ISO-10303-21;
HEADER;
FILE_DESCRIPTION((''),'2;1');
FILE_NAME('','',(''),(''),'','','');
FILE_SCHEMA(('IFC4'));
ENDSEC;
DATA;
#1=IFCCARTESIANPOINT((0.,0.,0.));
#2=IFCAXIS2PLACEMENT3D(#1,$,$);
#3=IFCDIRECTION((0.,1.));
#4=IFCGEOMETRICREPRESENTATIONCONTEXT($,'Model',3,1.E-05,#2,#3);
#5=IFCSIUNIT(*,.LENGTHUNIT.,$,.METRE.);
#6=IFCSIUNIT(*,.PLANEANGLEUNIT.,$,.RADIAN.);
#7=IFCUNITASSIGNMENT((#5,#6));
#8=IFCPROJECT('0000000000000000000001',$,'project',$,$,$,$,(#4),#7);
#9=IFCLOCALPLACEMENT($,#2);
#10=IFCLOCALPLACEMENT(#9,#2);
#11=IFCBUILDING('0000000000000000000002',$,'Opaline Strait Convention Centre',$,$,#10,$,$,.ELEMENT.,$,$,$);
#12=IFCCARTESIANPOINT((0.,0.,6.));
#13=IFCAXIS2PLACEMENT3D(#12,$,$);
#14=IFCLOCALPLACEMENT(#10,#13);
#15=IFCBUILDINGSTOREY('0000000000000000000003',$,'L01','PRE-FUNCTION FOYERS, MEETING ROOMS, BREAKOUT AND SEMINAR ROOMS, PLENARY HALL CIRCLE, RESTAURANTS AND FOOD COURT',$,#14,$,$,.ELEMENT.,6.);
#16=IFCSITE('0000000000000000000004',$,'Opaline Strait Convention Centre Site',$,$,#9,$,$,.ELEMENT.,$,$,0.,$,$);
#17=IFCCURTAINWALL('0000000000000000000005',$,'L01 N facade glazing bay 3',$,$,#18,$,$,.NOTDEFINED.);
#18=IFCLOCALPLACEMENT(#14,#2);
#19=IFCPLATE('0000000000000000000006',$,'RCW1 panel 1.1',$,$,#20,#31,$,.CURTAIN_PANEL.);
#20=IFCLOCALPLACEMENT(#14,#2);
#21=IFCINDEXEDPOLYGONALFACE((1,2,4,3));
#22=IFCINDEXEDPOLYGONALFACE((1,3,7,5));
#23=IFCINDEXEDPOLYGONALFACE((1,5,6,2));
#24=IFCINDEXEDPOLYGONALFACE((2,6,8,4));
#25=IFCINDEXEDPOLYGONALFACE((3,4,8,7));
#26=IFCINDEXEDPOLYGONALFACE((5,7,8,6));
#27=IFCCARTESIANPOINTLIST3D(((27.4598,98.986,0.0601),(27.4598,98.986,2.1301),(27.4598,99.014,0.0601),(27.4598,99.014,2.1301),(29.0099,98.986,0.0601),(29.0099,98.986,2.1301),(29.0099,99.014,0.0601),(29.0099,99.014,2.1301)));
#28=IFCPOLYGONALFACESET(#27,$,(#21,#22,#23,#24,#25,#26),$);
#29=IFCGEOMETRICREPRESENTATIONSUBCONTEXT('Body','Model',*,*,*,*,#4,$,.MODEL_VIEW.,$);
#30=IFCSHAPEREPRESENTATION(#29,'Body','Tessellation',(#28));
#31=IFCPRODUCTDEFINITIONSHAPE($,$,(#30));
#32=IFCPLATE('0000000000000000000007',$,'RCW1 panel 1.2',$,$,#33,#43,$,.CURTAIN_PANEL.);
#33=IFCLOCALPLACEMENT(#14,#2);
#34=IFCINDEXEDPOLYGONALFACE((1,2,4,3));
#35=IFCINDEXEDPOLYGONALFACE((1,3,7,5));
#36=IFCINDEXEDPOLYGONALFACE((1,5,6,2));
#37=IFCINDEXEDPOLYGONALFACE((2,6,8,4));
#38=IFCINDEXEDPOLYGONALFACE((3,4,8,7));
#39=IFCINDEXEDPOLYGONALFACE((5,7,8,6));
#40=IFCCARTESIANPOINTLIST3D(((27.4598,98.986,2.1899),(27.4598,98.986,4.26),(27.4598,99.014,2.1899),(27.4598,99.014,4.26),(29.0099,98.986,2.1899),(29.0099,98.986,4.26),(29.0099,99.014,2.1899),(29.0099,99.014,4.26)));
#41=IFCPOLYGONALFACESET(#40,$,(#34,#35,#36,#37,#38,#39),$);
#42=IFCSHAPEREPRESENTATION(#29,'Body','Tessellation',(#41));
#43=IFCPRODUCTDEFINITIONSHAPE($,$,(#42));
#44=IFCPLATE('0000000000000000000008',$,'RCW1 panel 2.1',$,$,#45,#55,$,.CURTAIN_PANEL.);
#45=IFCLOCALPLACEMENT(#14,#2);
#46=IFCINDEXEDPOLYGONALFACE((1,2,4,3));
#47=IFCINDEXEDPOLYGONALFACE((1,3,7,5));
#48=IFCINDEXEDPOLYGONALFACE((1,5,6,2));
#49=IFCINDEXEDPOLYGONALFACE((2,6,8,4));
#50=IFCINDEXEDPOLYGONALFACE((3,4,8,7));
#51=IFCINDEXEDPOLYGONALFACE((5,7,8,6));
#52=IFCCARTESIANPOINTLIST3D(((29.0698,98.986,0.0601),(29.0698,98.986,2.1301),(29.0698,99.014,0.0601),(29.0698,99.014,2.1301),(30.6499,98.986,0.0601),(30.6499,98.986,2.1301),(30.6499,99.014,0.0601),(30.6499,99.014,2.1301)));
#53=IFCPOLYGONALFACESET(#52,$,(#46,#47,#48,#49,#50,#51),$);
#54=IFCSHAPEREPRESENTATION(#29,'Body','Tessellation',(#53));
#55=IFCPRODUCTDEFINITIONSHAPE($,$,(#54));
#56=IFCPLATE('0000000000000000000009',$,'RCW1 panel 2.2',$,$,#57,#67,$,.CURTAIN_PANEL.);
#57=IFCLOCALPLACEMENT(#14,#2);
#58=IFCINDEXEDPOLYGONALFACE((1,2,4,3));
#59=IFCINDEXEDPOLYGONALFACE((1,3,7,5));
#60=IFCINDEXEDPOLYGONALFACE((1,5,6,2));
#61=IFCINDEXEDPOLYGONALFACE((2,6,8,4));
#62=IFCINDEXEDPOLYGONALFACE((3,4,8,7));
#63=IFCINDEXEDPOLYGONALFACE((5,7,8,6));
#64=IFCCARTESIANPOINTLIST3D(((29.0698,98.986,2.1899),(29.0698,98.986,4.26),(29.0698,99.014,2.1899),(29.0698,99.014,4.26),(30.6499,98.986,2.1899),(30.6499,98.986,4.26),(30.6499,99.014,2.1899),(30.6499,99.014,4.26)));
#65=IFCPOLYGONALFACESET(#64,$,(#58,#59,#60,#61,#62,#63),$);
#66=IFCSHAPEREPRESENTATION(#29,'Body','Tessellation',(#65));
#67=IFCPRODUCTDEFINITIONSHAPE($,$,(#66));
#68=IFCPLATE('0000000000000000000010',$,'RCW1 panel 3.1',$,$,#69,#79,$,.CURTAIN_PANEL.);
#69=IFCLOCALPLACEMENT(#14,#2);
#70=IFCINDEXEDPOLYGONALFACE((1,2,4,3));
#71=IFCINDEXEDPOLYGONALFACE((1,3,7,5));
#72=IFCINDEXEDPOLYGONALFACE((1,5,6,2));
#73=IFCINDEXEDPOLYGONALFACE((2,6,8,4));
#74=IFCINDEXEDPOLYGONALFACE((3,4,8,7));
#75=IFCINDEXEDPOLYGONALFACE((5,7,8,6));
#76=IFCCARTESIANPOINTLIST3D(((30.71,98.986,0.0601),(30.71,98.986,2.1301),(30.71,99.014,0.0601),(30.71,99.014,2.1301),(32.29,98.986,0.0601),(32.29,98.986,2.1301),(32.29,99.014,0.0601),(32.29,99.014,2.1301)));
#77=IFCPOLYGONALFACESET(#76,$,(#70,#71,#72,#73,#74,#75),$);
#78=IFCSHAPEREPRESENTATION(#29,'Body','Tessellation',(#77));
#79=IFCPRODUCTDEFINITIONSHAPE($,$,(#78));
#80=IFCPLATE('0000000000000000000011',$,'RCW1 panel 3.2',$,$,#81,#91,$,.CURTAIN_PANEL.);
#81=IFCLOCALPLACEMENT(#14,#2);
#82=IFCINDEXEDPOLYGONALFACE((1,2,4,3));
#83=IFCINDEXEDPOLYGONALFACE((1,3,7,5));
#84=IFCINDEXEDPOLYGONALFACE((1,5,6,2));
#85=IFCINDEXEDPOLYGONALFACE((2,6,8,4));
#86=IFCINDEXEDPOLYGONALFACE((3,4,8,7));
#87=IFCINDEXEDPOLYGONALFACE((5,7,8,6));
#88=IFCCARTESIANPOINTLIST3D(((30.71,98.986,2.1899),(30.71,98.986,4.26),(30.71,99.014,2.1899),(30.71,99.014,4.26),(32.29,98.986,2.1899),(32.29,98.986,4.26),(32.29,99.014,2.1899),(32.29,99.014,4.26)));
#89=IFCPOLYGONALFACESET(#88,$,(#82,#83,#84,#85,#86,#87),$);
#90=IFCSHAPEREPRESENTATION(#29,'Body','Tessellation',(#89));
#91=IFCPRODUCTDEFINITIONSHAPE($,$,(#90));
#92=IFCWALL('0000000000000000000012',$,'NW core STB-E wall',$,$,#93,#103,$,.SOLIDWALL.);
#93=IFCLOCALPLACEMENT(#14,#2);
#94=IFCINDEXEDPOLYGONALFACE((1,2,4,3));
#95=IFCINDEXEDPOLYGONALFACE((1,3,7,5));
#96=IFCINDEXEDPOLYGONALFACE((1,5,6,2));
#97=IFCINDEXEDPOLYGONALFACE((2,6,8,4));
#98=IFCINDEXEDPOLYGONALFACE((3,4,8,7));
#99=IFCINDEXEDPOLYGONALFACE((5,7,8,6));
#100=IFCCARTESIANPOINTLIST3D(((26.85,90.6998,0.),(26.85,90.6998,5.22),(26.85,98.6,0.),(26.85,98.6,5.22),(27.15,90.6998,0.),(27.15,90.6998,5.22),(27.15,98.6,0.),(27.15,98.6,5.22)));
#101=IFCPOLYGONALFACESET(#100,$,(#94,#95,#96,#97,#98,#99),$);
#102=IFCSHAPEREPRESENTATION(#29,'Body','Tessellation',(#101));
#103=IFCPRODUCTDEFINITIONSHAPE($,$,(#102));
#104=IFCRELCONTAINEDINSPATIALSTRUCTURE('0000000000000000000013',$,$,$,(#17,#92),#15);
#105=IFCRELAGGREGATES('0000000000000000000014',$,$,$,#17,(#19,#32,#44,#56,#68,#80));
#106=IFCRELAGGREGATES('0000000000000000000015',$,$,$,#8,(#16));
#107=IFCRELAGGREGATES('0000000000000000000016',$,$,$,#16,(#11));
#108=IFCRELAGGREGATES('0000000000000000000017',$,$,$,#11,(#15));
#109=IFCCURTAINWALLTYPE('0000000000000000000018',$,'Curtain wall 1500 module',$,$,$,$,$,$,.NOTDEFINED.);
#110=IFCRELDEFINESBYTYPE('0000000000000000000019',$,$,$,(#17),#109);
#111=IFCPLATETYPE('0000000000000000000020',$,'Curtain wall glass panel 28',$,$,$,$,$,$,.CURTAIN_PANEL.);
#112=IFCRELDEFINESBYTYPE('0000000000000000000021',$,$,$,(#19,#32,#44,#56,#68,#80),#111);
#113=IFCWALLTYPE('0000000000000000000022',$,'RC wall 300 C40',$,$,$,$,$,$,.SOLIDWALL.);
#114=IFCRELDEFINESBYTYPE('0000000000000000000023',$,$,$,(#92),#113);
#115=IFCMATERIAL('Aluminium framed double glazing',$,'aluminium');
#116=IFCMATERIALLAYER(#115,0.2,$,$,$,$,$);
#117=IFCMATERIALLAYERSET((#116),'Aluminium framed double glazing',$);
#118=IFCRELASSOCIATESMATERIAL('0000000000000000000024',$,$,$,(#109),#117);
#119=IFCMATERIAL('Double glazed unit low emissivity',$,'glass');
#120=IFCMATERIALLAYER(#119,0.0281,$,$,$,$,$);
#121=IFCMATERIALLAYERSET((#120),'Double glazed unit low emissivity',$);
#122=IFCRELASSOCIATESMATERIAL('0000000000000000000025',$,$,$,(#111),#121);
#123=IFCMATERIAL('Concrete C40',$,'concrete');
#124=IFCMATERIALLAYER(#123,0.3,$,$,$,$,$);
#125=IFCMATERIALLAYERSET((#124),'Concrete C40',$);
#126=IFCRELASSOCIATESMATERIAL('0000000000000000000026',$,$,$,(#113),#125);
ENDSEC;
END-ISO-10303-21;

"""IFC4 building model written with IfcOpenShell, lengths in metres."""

from ifc_helpers import new_model, si_unit, direction, frame, frame_2d, origin, origin_2d, place, context, subcontext, project, spatial, rectangle, extrude, material, layer, layer_set, type_object, element, aggregate, save


model = new_model("IFC4")

# Units and contexts
model_context = context("Model", 3, precision=1e-05, world=origin(), true_north=direction((0.0, 1.0)))
body_context = subcontext(model_context, "Body", "Model", "MODEL_VIEW")
ifc_project = project(units=[si_unit("LENGTHUNIT", "METRE"), si_unit("PLANEANGLEUNIT", "RADIAN")], contexts=[model_context])

# Site, building, storey
site_placement = place(None, origin())
site = spatial("IfcSite", under=ifc_project, at=site_placement, Name="Opaline Strait Convention Centre Site", CompositionType="ELEMENT", RefElevation=0.0)
building_placement = place(site_placement, origin())
building = spatial("IfcBuilding", under=site, at=building_placement, Name="Opaline Strait Convention Centre", CompositionType="ELEMENT")
storey_placement = place(building_placement, frame((0.0, 0.0, 6.0)))
storey = spatial("IfcBuildingStorey", under=building, at=storey_placement, Name="L01", Description="PRE-FUNCTION FOYERS, MEETING ROOMS, BREAKOUT AND SEMINAR ROOMS, PLENARY HALL CIRCLE, RESTAURANTS AND FOOD COURT", CompositionType="ELEMENT", Elevation=6.0)

# Shared definitions
ifc_material_1 = material(Name="Concrete C40", Category="concrete")

# Curtain wall
ifc_material_2 = material(Name="Aluminium framed double glazing", Category="aluminium")
ifc_layer_1 = layer(ifc_material_2, 0.2)
ifc_layer_set_1 = layer_set([ifc_layer_1], Name="Aluminium framed double glazing")
curtain_wall_type = type_object("IfcCurtainWallType", Name="Curtain wall 1500 module", PredefinedType="NOTDEFINED", material=ifc_layer_set_1)
curtain_wall_placement = place(storey_placement, origin())
curtain_wall = element("IfcCurtainWall", 1, at=curtain_wall_placement, inside=storey, type_object=curtain_wall_type, Name="L01 N facade glazing bay 3", PredefinedType="NOTDEFINED")

# Plates
ifc_material_3 = material(Name="Double glazed unit low emissivity", Category="glass")
ifc_layer_2 = layer(ifc_material_3, 0.0281)
ifc_layer_set_2 = layer_set([ifc_layer_2], Name="Double glazed unit low emissivity")
plate_type = type_object("IfcPlateType", Name="Curtain wall glass panel 28", PredefinedType="CURTAIN_PANEL", material=ifc_layer_set_2)
plate_1_placement = place(storey_placement, frame((28.2349, 99.0, 0.0601), z_axis=(0.0, 0.0, 1.0), x_axis=(1.0, 0.0, 0.0)))
plate_1 = element("IfcPlate", 2, at=plate_1_placement, type_object=plate_type, Name="RCW1 panel 1.1", PredefinedType="CURTAIN_PANEL", context=body_context, shape_type="SweptSolid", body=[
    extrude(rectangle(XDim=1.55, YDim=0.0281, at=origin_2d()), origin(), (0.0, 0.0, 1.0), 2.0701),
])
plate_2_placement = place(storey_placement, frame((28.2349, 99.0, 2.1899), z_axis=(0.0, 0.0, 1.0), x_axis=(1.0, 0.0, 0.0)))
plate_2 = element("IfcPlate", 3, at=plate_2_placement, type_object=plate_type, Name="RCW1 panel 1.2", PredefinedType="CURTAIN_PANEL", context=body_context, shape_type="SweptSolid", body=[
    extrude(rectangle(XDim=1.55, YDim=0.0281, at=origin_2d()), origin(), (0.0, 0.0, 1.0), 2.0701),
])
plate_3_placement = place(storey_placement, frame((29.8599, 99.0, 0.0601), z_axis=(0.0, 0.0, 1.0), x_axis=(1.0, 0.0, 0.0)))
plate_3 = element("IfcPlate", 4, at=plate_3_placement, type_object=plate_type, Name="RCW1 panel 2.1", PredefinedType="CURTAIN_PANEL", context=body_context, shape_type="SweptSolid", body=[
    extrude(rectangle(XDim=1.5801, YDim=0.0281, at=origin_2d()), origin(), (0.0, 0.0, 1.0), 2.0701),
])
plate_4_placement = place(storey_placement, frame((29.8599, 99.0, 2.1899), z_axis=(0.0, 0.0, 1.0), x_axis=(1.0, 0.0, 0.0)))
plate_4 = element("IfcPlate", 5, at=plate_4_placement, type_object=plate_type, Name="RCW1 panel 2.2", PredefinedType="CURTAIN_PANEL", context=body_context, shape_type="SweptSolid", body=[
    extrude(rectangle(XDim=1.5801, YDim=0.0281, at=origin_2d()), origin(), (0.0, 0.0, 1.0), 2.0701),
])
plate_5_placement = place(storey_placement, frame((31.5, 99.0, 0.0601), z_axis=(0.0, 0.0, 1.0), x_axis=(1.0, 0.0, 0.0)))
plate_5 = element("IfcPlate", 6, at=plate_5_placement, type_object=plate_type, Name="RCW1 panel 3.1", PredefinedType="CURTAIN_PANEL", context=body_context, shape_type="SweptSolid", body=[
    extrude(rectangle(XDim=1.5801, YDim=0.0281, at=origin_2d()), origin(), (0.0, 0.0, 1.0), 2.0701),
])
plate_6_placement = place(storey_placement, frame((31.5, 99.0, 2.1899), z_axis=(0.0, 0.0, 1.0), x_axis=(1.0, 0.0, 0.0)))
plate_6 = element("IfcPlate", 7, at=plate_6_placement, type_object=plate_type, Name="RCW1 panel 3.2", PredefinedType="CURTAIN_PANEL", context=body_context, shape_type="SweptSolid", body=[
    extrude(rectangle(XDim=1.5801, YDim=0.0281, at=origin_2d()), origin(), (0.0, 0.0, 1.0), 2.0701),
])
aggregate(curtain_wall, [plate_1, plate_2, plate_3, plate_4, plate_5, plate_6])

# Wall
ifc_layer_3 = layer(ifc_material_1, 0.3)
ifc_layer_set_3 = layer_set([ifc_layer_3], Name="Concrete C40")
wall_type = type_object("IfcWallType", Name="RC wall 300 C40", PredefinedType="SOLIDWALL", material=ifc_layer_set_3)
wall_placement = place(storey_placement, frame((27.0, 98.6001, 0.0), z_axis=(0.0, 0.0, 1.0), x_axis=(0.0, -1.0, 0.0)))
element("IfcWall", 8, at=wall_placement, inside=storey, type_object=wall_type, Name="NW core STB-E wall", PredefinedType="SOLIDWALL", context=body_context, shape_type="SweptSolid", body=[
    extrude(rectangle(XDim=7.9001, YDim=0.3, at=frame_2d((3.9502, 0.0))), origin(), (0.0, 0.0, 1.0), 5.22),
])

save(model, "model.ifc")
